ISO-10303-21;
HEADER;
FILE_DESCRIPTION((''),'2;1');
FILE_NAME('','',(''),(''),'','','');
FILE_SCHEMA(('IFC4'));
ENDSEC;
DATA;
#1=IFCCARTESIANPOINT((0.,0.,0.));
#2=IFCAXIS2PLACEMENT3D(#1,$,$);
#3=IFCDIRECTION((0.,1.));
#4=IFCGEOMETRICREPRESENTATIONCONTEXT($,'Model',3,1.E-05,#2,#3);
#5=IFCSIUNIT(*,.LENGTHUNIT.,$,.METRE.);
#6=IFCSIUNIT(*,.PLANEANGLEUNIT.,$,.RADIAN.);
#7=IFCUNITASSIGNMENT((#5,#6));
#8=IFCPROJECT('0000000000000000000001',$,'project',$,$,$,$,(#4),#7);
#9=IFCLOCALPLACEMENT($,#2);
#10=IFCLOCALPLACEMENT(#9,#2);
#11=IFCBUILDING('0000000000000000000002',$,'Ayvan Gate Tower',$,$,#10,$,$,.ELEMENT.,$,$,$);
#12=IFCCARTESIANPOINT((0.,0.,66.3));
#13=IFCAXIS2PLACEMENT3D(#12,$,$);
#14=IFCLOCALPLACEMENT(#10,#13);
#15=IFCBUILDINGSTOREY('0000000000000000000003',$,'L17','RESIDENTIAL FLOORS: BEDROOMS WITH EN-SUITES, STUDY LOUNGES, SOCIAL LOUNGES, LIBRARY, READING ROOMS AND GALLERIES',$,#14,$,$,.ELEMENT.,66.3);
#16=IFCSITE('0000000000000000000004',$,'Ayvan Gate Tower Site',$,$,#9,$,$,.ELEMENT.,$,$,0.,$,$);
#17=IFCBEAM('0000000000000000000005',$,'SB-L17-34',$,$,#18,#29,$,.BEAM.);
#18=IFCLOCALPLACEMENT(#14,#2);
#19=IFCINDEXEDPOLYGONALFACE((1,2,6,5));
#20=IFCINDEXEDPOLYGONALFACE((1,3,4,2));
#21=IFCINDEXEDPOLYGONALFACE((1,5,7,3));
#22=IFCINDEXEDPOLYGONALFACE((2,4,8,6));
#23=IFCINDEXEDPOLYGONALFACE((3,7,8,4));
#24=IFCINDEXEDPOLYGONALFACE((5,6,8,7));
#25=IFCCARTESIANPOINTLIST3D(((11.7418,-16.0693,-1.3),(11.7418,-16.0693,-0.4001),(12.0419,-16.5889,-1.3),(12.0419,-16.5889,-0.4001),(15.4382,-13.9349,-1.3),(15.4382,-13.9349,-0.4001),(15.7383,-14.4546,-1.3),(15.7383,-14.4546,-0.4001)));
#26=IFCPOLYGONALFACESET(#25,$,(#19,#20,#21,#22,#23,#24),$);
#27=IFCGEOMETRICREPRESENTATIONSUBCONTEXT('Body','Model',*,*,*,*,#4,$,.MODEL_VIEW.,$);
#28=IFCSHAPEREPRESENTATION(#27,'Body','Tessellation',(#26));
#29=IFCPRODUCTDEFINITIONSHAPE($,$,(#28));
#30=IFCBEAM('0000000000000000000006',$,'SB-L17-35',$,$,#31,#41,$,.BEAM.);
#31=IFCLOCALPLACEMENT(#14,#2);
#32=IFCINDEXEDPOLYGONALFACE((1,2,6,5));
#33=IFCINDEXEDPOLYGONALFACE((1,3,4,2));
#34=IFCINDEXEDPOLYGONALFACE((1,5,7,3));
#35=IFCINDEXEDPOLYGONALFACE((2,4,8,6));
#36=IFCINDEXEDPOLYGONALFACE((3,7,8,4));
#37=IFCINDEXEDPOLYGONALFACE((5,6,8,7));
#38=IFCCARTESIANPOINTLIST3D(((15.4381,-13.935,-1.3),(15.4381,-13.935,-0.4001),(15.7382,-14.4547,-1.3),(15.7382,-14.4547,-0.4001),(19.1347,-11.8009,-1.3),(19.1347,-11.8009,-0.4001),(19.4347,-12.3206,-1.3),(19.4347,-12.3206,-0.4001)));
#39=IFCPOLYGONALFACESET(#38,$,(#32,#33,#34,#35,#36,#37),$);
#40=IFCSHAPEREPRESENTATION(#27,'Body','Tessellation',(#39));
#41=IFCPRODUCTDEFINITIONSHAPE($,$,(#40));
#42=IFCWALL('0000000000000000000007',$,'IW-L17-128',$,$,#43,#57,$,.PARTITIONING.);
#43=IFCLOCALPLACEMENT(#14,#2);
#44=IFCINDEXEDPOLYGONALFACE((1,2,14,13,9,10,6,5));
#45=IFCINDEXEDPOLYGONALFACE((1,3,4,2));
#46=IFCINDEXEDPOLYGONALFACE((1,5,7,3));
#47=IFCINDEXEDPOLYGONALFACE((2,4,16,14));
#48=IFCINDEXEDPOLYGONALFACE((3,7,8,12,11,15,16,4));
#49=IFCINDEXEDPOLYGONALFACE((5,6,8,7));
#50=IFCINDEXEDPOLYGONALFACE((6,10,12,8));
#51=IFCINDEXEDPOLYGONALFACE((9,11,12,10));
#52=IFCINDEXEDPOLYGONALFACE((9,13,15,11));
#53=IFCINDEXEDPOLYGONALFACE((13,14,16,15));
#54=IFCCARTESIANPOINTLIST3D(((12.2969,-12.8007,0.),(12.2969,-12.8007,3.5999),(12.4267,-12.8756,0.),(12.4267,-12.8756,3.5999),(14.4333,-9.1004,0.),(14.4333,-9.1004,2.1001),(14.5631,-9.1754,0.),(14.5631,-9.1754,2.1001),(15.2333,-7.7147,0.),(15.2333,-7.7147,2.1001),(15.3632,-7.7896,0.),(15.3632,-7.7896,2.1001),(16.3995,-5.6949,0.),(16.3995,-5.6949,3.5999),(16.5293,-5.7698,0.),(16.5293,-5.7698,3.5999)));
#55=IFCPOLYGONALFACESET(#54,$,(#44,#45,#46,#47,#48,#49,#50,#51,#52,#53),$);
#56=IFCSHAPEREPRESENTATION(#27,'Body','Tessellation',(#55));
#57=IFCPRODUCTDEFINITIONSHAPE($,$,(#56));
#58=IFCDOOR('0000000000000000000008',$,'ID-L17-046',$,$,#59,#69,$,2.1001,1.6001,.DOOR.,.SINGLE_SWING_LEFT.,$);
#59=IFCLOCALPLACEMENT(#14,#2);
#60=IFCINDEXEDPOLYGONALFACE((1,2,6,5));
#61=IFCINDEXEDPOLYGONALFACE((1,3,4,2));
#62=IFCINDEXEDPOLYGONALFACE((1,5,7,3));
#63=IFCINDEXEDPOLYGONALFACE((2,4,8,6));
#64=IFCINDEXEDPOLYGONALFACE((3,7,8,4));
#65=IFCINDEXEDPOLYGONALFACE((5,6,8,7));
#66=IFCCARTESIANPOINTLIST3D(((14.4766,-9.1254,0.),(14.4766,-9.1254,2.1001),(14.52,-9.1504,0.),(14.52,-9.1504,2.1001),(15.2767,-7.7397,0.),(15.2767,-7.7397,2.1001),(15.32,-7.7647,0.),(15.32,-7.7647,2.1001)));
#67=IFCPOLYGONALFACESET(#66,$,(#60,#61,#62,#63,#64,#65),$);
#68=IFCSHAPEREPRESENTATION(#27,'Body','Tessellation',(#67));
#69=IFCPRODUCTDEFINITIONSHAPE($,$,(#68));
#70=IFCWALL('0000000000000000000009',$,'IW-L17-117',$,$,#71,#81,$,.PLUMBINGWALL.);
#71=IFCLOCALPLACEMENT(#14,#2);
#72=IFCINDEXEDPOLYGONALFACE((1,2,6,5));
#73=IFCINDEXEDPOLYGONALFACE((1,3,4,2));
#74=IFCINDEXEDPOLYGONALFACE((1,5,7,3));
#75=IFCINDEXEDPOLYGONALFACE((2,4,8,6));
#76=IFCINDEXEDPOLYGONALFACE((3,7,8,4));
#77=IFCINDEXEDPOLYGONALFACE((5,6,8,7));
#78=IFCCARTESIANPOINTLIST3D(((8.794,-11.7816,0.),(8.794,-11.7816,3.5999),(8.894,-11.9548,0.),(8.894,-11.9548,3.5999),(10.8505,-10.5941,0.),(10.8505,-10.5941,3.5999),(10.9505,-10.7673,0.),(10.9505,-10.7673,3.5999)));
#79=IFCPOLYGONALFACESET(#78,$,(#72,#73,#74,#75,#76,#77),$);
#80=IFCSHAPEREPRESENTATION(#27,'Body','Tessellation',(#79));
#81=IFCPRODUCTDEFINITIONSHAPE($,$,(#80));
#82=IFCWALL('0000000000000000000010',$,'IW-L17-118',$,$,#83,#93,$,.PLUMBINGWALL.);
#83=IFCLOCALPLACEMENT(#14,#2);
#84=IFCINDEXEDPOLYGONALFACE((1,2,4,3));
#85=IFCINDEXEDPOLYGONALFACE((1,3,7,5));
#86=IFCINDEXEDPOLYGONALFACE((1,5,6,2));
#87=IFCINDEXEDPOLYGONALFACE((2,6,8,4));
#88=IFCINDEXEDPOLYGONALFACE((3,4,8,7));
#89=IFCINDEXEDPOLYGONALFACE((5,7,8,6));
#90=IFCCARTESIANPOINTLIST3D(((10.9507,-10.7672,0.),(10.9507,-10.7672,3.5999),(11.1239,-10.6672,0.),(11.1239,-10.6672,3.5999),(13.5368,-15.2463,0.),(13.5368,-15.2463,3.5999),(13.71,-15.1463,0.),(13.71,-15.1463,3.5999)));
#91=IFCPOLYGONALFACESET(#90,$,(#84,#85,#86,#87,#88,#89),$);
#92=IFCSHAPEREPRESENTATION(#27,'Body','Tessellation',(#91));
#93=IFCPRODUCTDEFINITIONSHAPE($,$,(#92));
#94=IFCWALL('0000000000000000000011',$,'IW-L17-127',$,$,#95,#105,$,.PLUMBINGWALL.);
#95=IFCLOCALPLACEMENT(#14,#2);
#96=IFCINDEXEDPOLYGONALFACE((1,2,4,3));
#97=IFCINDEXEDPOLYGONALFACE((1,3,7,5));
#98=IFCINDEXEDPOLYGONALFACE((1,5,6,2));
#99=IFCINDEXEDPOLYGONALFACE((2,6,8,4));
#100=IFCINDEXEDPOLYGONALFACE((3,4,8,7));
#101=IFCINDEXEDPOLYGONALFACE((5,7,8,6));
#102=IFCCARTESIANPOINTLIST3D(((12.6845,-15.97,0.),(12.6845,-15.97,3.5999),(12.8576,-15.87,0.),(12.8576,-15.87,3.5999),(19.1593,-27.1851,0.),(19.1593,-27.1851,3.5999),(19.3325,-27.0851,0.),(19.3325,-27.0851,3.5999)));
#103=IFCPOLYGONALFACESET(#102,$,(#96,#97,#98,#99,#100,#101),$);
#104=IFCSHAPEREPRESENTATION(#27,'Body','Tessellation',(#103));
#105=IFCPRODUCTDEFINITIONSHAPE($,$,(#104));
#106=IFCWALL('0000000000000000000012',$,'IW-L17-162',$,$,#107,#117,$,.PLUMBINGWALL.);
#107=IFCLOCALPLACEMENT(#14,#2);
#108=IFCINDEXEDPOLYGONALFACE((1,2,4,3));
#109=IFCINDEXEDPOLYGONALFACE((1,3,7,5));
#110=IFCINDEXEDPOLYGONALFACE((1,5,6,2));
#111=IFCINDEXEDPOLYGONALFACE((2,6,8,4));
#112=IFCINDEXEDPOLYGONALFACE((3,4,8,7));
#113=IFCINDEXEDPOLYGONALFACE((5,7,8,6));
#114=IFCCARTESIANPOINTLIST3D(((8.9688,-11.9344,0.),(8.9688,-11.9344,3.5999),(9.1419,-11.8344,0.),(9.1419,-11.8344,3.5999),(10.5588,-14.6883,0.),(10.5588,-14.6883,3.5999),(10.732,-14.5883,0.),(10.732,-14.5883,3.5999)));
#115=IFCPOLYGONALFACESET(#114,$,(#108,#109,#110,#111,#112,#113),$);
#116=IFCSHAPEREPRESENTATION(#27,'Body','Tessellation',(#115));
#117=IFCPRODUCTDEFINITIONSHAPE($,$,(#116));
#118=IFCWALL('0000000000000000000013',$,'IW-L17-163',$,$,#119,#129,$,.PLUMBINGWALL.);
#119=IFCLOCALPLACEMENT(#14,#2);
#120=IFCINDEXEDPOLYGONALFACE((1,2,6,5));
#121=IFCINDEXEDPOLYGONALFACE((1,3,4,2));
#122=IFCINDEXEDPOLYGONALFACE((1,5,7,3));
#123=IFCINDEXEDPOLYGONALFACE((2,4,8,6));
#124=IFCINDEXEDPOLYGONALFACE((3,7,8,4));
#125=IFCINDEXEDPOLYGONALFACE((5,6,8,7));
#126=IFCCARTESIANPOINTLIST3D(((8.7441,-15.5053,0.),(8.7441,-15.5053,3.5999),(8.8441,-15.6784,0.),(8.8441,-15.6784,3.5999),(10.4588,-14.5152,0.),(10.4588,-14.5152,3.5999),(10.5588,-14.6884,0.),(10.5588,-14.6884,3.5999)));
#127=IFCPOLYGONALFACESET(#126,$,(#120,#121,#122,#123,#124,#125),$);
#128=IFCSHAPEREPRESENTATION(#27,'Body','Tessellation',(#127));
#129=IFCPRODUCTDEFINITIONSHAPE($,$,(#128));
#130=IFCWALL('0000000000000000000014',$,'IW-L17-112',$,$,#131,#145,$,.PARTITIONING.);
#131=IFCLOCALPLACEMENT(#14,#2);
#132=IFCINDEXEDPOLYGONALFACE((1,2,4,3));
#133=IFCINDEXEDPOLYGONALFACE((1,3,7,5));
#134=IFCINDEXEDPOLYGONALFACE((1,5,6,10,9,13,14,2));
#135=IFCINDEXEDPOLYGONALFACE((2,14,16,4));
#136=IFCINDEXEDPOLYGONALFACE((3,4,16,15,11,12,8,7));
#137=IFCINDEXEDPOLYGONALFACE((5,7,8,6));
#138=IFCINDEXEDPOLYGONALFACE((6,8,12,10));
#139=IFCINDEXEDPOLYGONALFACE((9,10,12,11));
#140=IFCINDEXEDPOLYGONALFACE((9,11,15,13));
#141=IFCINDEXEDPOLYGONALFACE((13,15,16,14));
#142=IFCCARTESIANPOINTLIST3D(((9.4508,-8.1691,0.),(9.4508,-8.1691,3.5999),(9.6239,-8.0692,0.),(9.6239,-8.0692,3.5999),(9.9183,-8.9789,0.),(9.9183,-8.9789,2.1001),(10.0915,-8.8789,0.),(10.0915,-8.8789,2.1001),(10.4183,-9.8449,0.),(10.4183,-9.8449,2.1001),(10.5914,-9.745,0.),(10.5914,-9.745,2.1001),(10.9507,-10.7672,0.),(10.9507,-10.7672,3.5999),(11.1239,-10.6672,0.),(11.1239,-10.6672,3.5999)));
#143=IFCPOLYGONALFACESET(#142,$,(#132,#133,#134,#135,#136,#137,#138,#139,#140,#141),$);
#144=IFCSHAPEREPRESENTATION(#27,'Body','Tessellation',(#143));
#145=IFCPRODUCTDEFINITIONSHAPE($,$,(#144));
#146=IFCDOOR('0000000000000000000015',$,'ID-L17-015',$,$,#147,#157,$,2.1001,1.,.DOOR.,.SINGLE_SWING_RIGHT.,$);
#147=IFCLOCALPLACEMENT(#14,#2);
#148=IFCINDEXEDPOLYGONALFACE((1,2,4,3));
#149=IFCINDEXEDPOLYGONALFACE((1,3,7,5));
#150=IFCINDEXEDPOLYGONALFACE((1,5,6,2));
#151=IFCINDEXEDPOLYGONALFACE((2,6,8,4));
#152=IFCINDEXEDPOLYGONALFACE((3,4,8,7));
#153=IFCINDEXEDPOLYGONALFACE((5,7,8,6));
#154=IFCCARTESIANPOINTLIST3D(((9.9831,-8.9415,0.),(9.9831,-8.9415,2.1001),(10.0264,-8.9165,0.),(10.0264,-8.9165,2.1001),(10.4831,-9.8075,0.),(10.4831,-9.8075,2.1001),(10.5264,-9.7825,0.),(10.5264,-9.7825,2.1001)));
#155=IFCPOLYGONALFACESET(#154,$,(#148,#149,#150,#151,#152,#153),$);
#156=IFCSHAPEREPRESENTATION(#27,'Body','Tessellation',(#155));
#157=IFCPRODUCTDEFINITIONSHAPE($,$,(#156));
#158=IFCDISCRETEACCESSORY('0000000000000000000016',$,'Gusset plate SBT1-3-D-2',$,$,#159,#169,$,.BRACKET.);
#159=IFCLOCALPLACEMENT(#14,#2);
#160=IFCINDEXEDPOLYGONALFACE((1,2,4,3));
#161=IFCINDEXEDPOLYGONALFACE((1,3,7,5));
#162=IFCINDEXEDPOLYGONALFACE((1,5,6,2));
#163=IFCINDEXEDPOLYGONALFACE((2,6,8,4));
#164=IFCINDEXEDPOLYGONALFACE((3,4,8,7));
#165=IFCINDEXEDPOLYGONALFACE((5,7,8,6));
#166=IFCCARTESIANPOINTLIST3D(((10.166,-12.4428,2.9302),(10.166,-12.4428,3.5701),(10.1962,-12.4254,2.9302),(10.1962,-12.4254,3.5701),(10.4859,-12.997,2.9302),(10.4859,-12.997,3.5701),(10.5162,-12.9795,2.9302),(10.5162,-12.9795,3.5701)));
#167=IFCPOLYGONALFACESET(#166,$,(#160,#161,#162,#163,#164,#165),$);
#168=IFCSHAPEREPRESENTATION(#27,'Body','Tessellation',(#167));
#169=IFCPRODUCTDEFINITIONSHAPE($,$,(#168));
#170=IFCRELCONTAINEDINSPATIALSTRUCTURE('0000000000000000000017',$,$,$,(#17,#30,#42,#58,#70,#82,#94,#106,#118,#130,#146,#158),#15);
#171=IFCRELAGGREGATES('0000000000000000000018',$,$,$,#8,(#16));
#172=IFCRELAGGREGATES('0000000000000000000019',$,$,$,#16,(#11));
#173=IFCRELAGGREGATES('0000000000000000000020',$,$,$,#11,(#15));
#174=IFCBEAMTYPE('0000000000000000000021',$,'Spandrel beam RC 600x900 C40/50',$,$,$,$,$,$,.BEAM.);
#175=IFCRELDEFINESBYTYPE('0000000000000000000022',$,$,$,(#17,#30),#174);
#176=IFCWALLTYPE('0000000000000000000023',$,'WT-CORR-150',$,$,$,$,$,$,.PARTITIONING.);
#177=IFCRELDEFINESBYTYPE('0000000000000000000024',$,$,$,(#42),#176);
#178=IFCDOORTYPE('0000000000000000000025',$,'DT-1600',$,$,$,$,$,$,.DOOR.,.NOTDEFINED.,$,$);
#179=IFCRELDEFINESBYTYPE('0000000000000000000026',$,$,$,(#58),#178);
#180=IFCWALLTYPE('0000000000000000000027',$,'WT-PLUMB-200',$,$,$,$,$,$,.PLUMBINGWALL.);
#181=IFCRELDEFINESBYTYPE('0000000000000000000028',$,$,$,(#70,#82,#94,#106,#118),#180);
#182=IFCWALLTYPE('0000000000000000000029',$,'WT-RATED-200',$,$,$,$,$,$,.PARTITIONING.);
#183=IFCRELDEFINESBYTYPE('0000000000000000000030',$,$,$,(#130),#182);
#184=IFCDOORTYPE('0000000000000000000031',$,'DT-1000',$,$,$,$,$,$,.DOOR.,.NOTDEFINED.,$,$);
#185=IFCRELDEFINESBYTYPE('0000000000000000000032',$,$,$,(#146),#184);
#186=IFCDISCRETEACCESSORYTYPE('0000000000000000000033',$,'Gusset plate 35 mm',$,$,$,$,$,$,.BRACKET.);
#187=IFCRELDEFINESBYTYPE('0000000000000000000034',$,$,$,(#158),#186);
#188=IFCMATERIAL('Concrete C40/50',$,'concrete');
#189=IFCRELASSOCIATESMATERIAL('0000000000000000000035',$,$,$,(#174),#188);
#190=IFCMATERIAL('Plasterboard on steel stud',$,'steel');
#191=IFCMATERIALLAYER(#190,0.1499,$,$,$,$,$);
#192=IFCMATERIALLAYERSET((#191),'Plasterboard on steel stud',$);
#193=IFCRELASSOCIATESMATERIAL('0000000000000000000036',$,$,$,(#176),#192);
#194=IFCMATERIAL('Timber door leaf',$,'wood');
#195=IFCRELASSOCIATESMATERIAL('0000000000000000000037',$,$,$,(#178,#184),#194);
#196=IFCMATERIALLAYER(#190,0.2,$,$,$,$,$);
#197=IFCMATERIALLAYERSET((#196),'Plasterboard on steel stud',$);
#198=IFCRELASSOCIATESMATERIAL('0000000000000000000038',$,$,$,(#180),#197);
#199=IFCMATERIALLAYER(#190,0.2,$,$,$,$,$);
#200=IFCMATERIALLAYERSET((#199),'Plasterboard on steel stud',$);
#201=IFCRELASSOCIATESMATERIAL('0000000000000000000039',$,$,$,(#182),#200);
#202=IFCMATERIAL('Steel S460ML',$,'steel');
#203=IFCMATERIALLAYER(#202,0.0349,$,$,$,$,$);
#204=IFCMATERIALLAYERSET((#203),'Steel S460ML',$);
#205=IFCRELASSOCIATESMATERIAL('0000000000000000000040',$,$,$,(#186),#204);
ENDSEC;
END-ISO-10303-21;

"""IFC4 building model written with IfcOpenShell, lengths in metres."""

from ifc_helpers import new_model, si_unit, direction, frame, frame_2d, origin, origin_2d, place, context, subcontext, project, spatial, rectangle, extrude, material, layer, layer_set, material_profile, profile_set, type_object, element, fill, save


model = new_model("IFC4")

# Units and contexts
model_context = context("Model", 3, precision=1e-05, world=origin(), true_north=direction((0.0, 1.0)))
body_context = subcontext(model_context, "Body", "Model", "MODEL_VIEW")
ifc_project = project(units=[si_unit("LENGTHUNIT", "METRE"), si_unit("PLANEANGLEUNIT", "RADIAN")], contexts=[model_context])

# Site, building, storey
site_placement = place(None, origin())
site = spatial("IfcSite", under=ifc_project, at=site_placement, Name="Ayvan Gate Tower Site", CompositionType="ELEMENT", RefElevation=0.0)
building_placement = place(site_placement, origin())
building = spatial("IfcBuilding", under=site, at=building_placement, Name="Ayvan Gate Tower", CompositionType="ELEMENT")
storey_placement = place(building_placement, frame((0.0, 0.0, 66.3)))
storey = spatial("IfcBuildingStorey", under=building, at=storey_placement, Name="L17", Description="RESIDENTIAL FLOORS: BEDROOMS WITH EN-SUITES, STUDY LOUNGES, SOCIAL LOUNGES, LIBRARY, READING ROOMS AND GALLERIES", CompositionType="ELEMENT", Elevation=66.3)

# Beams
ifc_material_1 = material(Name="Concrete C40/50", Category="concrete")
ifc_material_profile_1 = material_profile(ifc_material_1, rectangle(XDim=0.6001, YDim=0.8999, at=origin_2d()), Name="RC 600x900")
ifc_profile_set_1 = profile_set([ifc_material_profile_1], Name="Concrete C40/50")
beam_type = type_object("IfcBeamType", Name="Spandrel beam RC 600x900 C40/50", PredefinedType="BEAM", material=ifc_profile_set_1)
for number, where, z_axis, x_axis, name in (
    (1, (11.8918, -16.3291, -0.8501), (0.866003, 0.500039, 0.0), (-0.500039, 0.866003, 0.0), "SB-L17-34"),
    (2, (15.5881, -14.1948, -0.8501), (0.866042, 0.499972, 0.0), (-0.499972, 0.866042, 0.0), "SB-L17-35"),
):
    element("IfcBeam", number, at=place(storey_placement, frame(where, z_axis=z_axis, x_axis=x_axis)), inside=storey, type_object=beam_type, Name=name, PredefinedType="BEAM", context=body_context, shape_type="SweptSolid", body=[
        extrude(rectangle(XDim=0.6001, YDim=0.8999, at=origin_2d()), origin(), (0.0, 0.0, 1.0), 4.2683),
    ])

# Wall, opening, door
ifc_material_2 = material(Name="Plasterboard on steel stud", Category="steel")
ifc_layer_1 = layer(ifc_material_2, 0.1499)
ifc_layer_set_1 = layer_set([ifc_layer_1], Name="Plasterboard on steel stud")
wall_type_1 = type_object("IfcWallType", Name="WT-CORR-150", PredefinedType="PARTITIONING", material=ifc_layer_set_1)
wall_1_placement = place(storey_placement, frame((12.3618, -12.8381, 0.0), z_axis=(0.0, 0.0, 1.0), x_axis=(0.500005, 0.866023, 0.0)))
wall_1 = element("IfcWall", 3, at=wall_1_placement, inside=storey, type_object=wall_type_1, Name="IW-L17-128", PredefinedType="PARTITIONING", context=body_context, shape_type="SweptSolid", body=[
    extrude(rectangle(XDim=8.2051, YDim=0.1499, at=frame_2d((4.1025, 0.0))), origin(), (0.0, 0.0, 1.0), 3.5999),
])
opening_1_placement = place(wall_1_placement, frame((4.2727, 0.0, 0.0)))
opening_1 = element("IfcOpeningElement", 4, at=opening_1_placement, cuts=wall_1, PredefinedType="OPENING", context=body_context, shape_type="SweptSolid", body=[
    extrude(rectangle(XDim=1.6001, YDim=2.1001, at=frame_2d((0.8, 1.05))), frame((0.0, 0.085, 0.0), z_axis=(0.0, -1.0, 0.0), x_axis=(1.0, 0.0, 0.0)), (0.0, 0.0, 1.0), 0.1699),
])
ifc_material_3 = material(Name="Timber door leaf", Category="wood")
door_type_1 = type_object("IfcDoorType", Name="DT-1600", OperationType="NOTDEFINED", PredefinedType="DOOR", material=ifc_material_3)
door_1_placement = place(opening_1_placement, origin())
door_1 = element("IfcDoor", 5, at=door_1_placement, inside=storey, type_object=door_type_1, Name="ID-L17-046", OperationType="SINGLE_SWING_LEFT", OverallHeight=2.1001, OverallWidth=1.6001, PredefinedType="DOOR", context=body_context, shape_type="SweptSolid", body=[
    extrude(rectangle(XDim=1.6001, YDim=2.1001, at=frame_2d((0.8, 1.05))), frame((0.0, 0.0249, 0.0), z_axis=(0.0, -1.0, 0.0), x_axis=(1.0, 0.0, 0.0)), (0.0, 0.0, 1.0), 0.05),
])
fill(opening_1, door_1)

# Walls
ifc_layer_2 = layer(ifc_material_2, 0.2)
ifc_layer_set_2 = layer_set([ifc_layer_2], Name="Plasterboard on steel stud")
wall_type_2 = type_object("IfcWallType", Name="WT-PLUMB-200", PredefinedType="PLUMBINGWALL", material=ifc_layer_set_2)
wall_2_placement = place(storey_placement, frame((10.9006, -10.6807, 0.0), z_axis=(0.0, 0.0, 1.0), x_axis=(-0.866008, -0.500031, 0.0)))
element("IfcWall", 6, at=wall_2_placement, inside=storey, type_object=wall_type_2, Name="IW-L17-117", PredefinedType="PLUMBINGWALL", context=body_context, shape_type="SweptSolid", body=[
    extrude(rectangle(XDim=2.3748, YDim=0.2, at=frame_2d((1.1875, 0.0))), origin(), (0.0, 0.0, 1.0), 3.5999),
])
wall_3_placement = place(storey_placement, frame((11.0374, -10.7173, 0.0), z_axis=(0.0, 0.0, 1.0), x_axis=(0.500013, -0.866018, 0.0)))
element("IfcWall", 7, at=wall_3_placement, inside=storey, type_object=wall_type_2, Name="IW-L17-118", PredefinedType="PLUMBINGWALL", context=body_context, shape_type="SweptSolid", body=[
    extrude(rectangle(XDim=5.1721, YDim=0.2, at=frame_2d((2.5859, 0.0))), origin(), (0.0, 0.0, 1.0), 3.5999),
])
wall_4_placement = place(storey_placement, frame((12.771, -15.9199, 0.0), z_axis=(0.0, 0.0, 1.0), x_axis=(0.49999, -0.866031, 0.0)))
element("IfcWall", 8, at=wall_4_placement, inside=storey, type_object=wall_type_2, Name="IW-L17-127", PredefinedType="PLUMBINGWALL", context=body_context, shape_type="SweptSolid", body=[
    extrude(rectangle(XDim=12.95, YDim=0.2, at=frame_2d((6.4751, 0.0))), origin(), (0.0, 0.0, 1.0), 3.5999),
])
wall_5_placement = place(storey_placement, frame((9.0554, -11.8845, 0.0), z_axis=(0.0, 0.0, 1.0), x_axis=(0.500028, -0.866009, 0.0)))
element("IfcWall", 9, at=wall_5_placement, inside=storey, type_object=wall_type_2, Name="IW-L17-162", PredefinedType="PLUMBINGWALL", context=body_context, shape_type="SweptSolid", body=[
    extrude(rectangle(XDim=3.1799, YDim=0.2, at=frame_2d((1.5898, 0.0))), origin(), (0.0, 0.0, 1.0), 3.5999),
])
wall_6_placement = place(storey_placement, frame((10.5088, -14.6018, 0.0), z_axis=(0.0, 0.0, 1.0), x_axis=(-0.866011, -0.500025, 0.0)))
element("IfcWall", 10, at=wall_6_placement, inside=storey, type_object=wall_type_2, Name="IW-L17-163", PredefinedType="PLUMBINGWALL", context=body_context, shape_type="SweptSolid", body=[
    extrude(rectangle(XDim=1.98, YDim=0.2, at=frame_2d((0.99, 0.0))), origin(), (0.0, 0.0, 1.0), 3.5999),
])

# Wall, opening, door
ifc_layer_3 = layer(ifc_material_2, 0.2)
ifc_layer_set_3 = layer_set([ifc_layer_3], Name="Plasterboard on steel stud")
wall_type_3 = type_object("IfcWallType", Name="WT-RATED-200", PredefinedType="PARTITIONING", material=ifc_layer_set_3)
wall_7_placement = place(storey_placement, frame((9.5374, -8.1191, 0.0), z_axis=(0.0, 0.0, 1.0), x_axis=(0.49999, -0.866031, 0.0)))
wall_7 = element("IfcWall", 11, at=wall_7_placement, inside=storey, type_object=wall_type_3, Name="IW-L17-112", PredefinedType="PARTITIONING", context=body_context, shape_type="SweptSolid", body=[
    extrude(rectangle(XDim=3.0, YDim=0.2, at=frame_2d((1.5, 0.0))), origin(), (0.0, 0.0, 1.0), 3.5999),
])
opening_2_placement = place(wall_7_placement, frame((0.9351, 0.0, 0.0)))
opening_2 = element("IfcOpeningElement", 12, at=opening_2_placement, cuts=wall_7, PredefinedType="OPENING", context=body_context, shape_type="SweptSolid", body=[
    extrude(rectangle(XDim=1.0, YDim=2.1001, at=frame_2d((0.5, 1.05))), frame((0.0, 0.1099, 0.0), z_axis=(0.0, -1.0, 0.0), x_axis=(1.0, 0.0, 0.0)), (0.0, 0.0, 1.0), 0.22),
])
door_type_2 = type_object("IfcDoorType", Name="DT-1000", OperationType="NOTDEFINED", PredefinedType="DOOR", material=ifc_material_3)
door_2_placement = place(opening_2_placement, origin())
door_2 = element("IfcDoor", 13, at=door_2_placement, inside=storey, type_object=door_type_2, Name="ID-L17-015", OperationType="SINGLE_SWING_RIGHT", OverallHeight=2.1001, OverallWidth=1.0, PredefinedType="DOOR", context=body_context, shape_type="SweptSolid", body=[
    extrude(rectangle(XDim=1.0, YDim=2.1001, at=frame_2d((0.5, 1.05))), frame((0.0, 0.0249, 0.0), z_axis=(0.0, -1.0, 0.0), x_axis=(1.0, 0.0, 0.0)), (0.0, 0.0, 1.0), 0.05),
])
fill(opening_2, door_2)

# Discrete accessory
ifc_material_4 = material(Name="Steel S460ML", Category="steel")
ifc_layer_4 = layer(ifc_material_4, 0.0349)
ifc_layer_set_4 = layer_set([ifc_layer_4], Name="Steel S460ML")
discrete_accessory_type = type_object("IfcDiscreteAccessoryType", Name="Gusset plate 35 mm", PredefinedType="BRACKET", material=ifc_layer_set_4)
discrete_accessory_placement = place(storey_placement, frame((10.3411, -12.7112, 2.9302), z_axis=(0.0, 0.0, 1.0), x_axis=(-0.5, 0.866025, 0.0)))
element("IfcDiscreteAccessory", 14, at=discrete_accessory_placement, inside=storey, type_object=discrete_accessory_type, Name="Gusset plate SBT1-3-D-2", PredefinedType="BRACKET", context=body_context, shape_type="SweptSolid", body=[
    extrude(rectangle(XDim=0.6399, YDim=0.0349, at=origin_2d()), origin(), (0.0, 0.0, 1.0), 0.6399),
])

save(model, "model.ifc")
